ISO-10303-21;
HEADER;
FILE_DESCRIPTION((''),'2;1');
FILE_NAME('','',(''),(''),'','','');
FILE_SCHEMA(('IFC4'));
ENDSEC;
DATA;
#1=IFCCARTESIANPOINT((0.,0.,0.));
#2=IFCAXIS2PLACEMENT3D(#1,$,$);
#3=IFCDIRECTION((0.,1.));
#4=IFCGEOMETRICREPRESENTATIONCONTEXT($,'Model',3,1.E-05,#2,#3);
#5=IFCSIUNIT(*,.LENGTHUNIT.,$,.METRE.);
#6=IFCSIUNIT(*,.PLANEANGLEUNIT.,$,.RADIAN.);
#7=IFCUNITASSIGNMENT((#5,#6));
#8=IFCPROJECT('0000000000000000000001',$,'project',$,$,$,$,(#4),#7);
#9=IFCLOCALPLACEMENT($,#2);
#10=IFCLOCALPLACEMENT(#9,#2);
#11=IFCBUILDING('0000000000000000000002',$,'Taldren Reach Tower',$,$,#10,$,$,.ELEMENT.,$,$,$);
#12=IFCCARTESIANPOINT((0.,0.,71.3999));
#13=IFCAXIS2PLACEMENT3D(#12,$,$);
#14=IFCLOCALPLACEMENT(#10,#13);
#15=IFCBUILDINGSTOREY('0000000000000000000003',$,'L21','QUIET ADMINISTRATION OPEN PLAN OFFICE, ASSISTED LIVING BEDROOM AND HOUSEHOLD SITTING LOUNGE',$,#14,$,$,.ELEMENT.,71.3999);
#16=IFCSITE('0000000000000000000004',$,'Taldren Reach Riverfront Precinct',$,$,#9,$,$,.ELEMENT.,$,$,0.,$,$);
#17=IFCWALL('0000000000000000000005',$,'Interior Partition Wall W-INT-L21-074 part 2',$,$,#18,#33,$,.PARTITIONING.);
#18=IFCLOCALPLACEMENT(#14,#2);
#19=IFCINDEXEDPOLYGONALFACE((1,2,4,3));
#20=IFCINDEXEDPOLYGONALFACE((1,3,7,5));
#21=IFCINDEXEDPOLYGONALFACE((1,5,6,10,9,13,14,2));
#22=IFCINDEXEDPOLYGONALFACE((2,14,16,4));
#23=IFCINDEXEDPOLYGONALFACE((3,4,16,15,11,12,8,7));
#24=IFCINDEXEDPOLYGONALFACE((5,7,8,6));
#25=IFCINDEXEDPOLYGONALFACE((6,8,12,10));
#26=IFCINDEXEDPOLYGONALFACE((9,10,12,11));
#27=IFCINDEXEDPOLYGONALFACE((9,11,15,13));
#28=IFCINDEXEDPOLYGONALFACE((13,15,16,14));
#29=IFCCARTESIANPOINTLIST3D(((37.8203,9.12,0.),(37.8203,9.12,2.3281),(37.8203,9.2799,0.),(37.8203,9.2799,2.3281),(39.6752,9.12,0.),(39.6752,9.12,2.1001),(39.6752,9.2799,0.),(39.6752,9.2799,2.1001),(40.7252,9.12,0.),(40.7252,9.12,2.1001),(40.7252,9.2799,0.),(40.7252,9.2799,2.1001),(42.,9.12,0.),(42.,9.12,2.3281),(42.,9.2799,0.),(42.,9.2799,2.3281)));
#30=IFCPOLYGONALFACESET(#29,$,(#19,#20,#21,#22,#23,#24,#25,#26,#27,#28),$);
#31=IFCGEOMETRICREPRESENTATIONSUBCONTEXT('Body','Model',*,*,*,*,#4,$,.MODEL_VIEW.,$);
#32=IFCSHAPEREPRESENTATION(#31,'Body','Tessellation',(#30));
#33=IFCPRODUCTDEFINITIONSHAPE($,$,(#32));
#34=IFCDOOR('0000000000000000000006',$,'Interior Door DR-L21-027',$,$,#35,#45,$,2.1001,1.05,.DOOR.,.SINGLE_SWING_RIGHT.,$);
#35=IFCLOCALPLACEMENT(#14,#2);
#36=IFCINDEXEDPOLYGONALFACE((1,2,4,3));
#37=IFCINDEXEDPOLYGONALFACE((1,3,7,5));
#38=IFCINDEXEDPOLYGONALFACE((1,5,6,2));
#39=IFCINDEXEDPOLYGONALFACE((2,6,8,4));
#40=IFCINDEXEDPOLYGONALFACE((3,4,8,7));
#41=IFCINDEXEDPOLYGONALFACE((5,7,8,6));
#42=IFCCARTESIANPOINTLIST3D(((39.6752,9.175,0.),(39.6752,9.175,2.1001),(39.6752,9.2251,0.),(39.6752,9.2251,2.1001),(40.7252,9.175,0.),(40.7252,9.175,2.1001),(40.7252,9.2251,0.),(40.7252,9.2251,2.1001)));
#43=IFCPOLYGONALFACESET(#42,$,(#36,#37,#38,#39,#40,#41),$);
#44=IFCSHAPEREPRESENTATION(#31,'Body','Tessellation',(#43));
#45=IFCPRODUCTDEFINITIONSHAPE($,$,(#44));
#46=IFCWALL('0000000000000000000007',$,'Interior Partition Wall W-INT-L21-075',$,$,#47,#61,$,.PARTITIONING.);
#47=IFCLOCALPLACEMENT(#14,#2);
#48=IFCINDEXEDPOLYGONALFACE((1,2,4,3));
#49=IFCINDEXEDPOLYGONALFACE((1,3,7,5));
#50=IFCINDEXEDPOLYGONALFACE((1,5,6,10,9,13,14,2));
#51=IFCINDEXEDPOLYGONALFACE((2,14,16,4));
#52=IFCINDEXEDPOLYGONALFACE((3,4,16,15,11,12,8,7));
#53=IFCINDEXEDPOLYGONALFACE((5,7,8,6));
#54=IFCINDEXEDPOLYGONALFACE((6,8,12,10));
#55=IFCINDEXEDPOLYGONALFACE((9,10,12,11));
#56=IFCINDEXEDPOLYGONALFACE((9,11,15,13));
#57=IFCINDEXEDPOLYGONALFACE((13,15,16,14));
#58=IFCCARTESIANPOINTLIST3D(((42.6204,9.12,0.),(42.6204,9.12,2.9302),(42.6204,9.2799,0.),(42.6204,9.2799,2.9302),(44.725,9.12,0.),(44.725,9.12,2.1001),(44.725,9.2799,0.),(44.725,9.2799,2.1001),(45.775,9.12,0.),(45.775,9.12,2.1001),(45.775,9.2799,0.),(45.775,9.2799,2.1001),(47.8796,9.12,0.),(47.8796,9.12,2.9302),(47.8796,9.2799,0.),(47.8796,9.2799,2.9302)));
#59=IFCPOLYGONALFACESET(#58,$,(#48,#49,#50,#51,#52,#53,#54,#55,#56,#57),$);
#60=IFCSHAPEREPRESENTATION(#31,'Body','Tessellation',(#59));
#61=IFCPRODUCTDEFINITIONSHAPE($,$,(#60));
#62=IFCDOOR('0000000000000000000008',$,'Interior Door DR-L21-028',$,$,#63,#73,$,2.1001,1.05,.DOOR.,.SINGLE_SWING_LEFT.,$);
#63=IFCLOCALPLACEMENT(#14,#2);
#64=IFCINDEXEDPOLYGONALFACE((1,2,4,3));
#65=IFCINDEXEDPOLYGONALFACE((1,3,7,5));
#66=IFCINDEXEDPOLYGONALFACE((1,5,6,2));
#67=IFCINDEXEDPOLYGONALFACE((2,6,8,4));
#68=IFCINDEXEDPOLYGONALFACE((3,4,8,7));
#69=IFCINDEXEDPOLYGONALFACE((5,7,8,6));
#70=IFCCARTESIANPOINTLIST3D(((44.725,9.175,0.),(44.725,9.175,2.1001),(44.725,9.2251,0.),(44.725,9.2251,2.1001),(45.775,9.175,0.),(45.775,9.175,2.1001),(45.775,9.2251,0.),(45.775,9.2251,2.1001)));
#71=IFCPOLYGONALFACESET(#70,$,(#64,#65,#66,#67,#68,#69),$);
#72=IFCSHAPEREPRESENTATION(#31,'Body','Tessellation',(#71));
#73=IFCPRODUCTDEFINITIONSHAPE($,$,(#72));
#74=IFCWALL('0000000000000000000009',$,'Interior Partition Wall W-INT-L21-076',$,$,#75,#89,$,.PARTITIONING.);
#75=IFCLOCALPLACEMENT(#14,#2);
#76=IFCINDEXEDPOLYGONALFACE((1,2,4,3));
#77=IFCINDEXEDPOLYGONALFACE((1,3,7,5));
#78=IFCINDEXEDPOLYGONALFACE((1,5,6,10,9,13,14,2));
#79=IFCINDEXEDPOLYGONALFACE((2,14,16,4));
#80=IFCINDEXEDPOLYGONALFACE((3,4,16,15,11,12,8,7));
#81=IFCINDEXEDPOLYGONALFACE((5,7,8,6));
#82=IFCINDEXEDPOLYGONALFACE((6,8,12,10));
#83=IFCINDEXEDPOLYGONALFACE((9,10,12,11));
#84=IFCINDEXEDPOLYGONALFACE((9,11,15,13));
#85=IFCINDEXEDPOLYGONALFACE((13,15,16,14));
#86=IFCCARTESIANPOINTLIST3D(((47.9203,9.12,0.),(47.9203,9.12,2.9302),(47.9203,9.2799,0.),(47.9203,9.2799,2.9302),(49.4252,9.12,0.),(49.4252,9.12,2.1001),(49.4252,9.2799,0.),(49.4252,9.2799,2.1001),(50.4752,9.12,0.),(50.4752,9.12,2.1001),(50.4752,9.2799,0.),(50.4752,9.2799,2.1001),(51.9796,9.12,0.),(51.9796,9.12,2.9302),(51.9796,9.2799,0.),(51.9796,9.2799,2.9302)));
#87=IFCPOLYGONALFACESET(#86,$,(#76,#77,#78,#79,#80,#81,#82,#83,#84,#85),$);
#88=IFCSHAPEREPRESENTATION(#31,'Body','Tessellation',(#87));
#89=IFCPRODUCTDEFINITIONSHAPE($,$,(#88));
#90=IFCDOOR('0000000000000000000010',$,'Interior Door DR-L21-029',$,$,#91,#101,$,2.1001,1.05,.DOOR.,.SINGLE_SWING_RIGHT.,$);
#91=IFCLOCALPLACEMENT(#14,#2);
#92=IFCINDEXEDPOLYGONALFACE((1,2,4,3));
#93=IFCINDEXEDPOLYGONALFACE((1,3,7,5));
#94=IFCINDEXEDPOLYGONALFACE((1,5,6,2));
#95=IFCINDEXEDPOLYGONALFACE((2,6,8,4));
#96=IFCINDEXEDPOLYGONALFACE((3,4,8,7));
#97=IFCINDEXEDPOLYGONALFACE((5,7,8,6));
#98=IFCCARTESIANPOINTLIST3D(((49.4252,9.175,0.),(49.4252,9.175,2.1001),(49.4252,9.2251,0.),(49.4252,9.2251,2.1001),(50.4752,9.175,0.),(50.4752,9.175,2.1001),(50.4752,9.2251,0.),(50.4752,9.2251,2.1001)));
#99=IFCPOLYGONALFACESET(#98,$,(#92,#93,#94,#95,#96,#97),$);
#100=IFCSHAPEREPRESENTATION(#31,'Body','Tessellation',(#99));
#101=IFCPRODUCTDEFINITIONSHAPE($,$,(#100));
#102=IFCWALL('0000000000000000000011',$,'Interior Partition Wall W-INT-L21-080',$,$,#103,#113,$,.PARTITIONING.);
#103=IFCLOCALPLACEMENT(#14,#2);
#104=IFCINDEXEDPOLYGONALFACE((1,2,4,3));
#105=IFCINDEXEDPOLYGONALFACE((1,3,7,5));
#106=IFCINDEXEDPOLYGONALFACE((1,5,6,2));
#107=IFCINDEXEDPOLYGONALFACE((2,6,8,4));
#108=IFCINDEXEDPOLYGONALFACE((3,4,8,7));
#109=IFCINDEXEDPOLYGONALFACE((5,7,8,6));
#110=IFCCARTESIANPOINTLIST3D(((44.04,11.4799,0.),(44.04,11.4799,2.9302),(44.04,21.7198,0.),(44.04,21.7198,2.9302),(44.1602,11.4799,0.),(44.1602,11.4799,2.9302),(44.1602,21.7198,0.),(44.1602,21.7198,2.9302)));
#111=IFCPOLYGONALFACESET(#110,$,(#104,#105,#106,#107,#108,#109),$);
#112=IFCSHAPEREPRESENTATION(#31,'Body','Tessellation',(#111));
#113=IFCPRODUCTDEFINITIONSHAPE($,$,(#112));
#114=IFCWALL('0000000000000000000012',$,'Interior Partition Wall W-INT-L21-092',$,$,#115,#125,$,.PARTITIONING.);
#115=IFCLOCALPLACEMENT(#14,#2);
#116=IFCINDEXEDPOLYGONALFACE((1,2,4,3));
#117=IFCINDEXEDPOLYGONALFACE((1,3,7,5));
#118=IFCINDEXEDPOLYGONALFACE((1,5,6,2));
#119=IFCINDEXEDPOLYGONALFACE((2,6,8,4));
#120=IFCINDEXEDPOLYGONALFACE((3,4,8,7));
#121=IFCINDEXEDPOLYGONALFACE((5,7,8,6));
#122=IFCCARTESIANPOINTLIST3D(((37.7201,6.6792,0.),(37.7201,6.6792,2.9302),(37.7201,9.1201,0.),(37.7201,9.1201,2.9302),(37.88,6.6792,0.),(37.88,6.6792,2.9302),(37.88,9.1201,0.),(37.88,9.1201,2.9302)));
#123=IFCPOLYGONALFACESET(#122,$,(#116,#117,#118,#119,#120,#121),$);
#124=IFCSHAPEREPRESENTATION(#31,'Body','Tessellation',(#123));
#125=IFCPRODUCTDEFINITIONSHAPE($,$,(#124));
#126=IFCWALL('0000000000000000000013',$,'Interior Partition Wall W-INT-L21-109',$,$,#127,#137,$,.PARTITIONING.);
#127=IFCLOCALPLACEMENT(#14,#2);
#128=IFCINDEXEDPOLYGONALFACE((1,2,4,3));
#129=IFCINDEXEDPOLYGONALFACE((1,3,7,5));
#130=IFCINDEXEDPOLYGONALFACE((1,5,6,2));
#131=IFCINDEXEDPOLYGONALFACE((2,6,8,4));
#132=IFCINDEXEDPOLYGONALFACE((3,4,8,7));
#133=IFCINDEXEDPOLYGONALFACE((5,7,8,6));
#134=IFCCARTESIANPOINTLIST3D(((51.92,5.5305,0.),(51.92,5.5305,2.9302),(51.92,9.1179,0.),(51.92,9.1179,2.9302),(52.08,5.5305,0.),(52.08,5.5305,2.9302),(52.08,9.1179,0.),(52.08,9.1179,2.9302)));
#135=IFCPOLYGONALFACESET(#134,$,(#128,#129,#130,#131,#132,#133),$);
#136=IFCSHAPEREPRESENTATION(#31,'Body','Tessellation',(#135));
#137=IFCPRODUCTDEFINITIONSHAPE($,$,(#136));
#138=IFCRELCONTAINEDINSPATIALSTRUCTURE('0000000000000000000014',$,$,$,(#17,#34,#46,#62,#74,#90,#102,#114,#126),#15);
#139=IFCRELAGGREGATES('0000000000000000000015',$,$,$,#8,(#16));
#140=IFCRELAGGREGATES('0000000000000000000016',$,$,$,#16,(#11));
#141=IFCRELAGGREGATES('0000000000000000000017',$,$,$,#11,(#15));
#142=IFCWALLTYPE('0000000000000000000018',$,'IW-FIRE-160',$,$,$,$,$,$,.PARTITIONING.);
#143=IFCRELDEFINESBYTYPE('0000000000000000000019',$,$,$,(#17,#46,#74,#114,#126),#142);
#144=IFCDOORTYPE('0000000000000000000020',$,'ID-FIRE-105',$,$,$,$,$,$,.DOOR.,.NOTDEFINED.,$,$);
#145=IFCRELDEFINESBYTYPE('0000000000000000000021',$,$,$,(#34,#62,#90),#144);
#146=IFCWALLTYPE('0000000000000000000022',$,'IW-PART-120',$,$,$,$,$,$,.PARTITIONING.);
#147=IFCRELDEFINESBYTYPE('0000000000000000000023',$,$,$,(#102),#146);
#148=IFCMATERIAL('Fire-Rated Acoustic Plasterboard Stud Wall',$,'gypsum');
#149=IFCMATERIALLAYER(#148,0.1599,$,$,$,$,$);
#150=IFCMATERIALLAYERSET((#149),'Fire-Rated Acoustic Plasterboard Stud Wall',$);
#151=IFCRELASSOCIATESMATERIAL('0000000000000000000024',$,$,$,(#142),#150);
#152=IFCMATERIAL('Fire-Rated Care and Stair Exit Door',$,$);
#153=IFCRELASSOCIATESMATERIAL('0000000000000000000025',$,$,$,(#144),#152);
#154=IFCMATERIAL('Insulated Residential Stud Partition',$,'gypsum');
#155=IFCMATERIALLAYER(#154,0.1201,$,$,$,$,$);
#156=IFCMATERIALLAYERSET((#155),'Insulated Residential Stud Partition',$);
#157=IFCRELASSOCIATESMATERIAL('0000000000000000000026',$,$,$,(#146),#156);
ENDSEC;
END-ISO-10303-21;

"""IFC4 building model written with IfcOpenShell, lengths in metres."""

from ifc_helpers import new_model, si_unit, direction, frame, frame_2d, origin, place, context, subcontext, project, spatial, rectangle, extrude, source, transform, mapped, material, layer, layer_set, type_object, element, fill, save


model = new_model("IFC4")

# Units and contexts
model_context = context("Model", 3, precision=1e-05, world=origin(), true_north=direction((0.0, 1.0)))
body_context = subcontext(model_context, "Body", "Model", "MODEL_VIEW")
ifc_project = project(units=[si_unit("LENGTHUNIT", "METRE"), si_unit("PLANEANGLEUNIT", "RADIAN")], contexts=[model_context])

# Site, building, storey
site_placement = place(None, origin())
site = spatial("IfcSite", under=ifc_project, at=site_placement, Name="Taldren Reach Riverfront Precinct", CompositionType="ELEMENT", RefElevation=0.0)
building_placement = place(site_placement, origin())
building = spatial("IfcBuilding", under=site, at=building_placement, Name="Taldren Reach Tower", CompositionType="ELEMENT")
storey_placement = place(building_placement, frame((0.0, 0.0, 71.3999)))
storey = spatial("IfcBuildingStorey", under=building, at=storey_placement, Name="L21", Description="QUIET ADMINISTRATION OPEN PLAN OFFICE, ASSISTED LIVING BEDROOM AND HOUSEHOLD SITTING LOUNGE", CompositionType="ELEMENT", Elevation=71.3999)

# Shared definitions
ifc_material_1 = material(Name="Fire-Rated Acoustic Plasterboard Stud Wall", Category="gypsum")
ifc_layer_1 = layer(ifc_material_1, 0.1599)
ifc_layer_set_1 = layer_set([ifc_layer_1], Name="Fire-Rated Acoustic Plasterboard Stud Wall")
wall_type_1 = type_object("IfcWallType", Name="IW-FIRE-160", PredefinedType="PARTITIONING", material=ifc_layer_set_1)

# Shared definitions
shared_shape_1 = source(origin(), body_context, "Body", "SweptSolid", [
    extrude(rectangle(XDim=1.05, YDim=2.1001, at=frame_2d((0.5249, 1.05))), frame((0.0, 0.0898, 0.0), z_axis=(0.0, -1.0, 0.0), x_axis=(1.0, 0.0, 0.0)), (0.0, 0.0, 1.0), 0.1799),
])
ifc_material_2 = material(Name="Fire-Rated Care and Stair Exit Door")
door_type_1 = type_object("IfcDoorType", Name="ID-FIRE-105", OperationType="NOTDEFINED", PredefinedType="DOOR", material=ifc_material_2)
shared_shape_2 = source(origin(), body_context, "Body", "SweptSolid", [
    extrude(rectangle(XDim=1.05, YDim=2.1001, at=frame_2d((0.5249, 1.05))), frame((0.0, 0.0249, 0.0), z_axis=(0.0, -1.0, 0.0), x_axis=(1.0, 0.0, 0.0)), (0.0, 0.0, 1.0), 0.05),
])

# Walls, openings, doors
shared_shape_3 = source(origin(), body_context, "Body", "SweptSolid", [
    extrude(rectangle(XDim=4.1797, YDim=0.1599, at=frame_2d((2.0898, 0.0))), origin(), (0.0, 0.0, 1.0), 2.3281),
])
wall_1_placement = place(storey_placement, frame((42.0, 9.2, 0.0), z_axis=(0.0, 0.0, 1.0), x_axis=(-1.0, 0.0, 0.0)))
wall_1 = element("IfcWall", 1, at=wall_1_placement, inside=storey, type_object=wall_type_1, Name="Interior Partition Wall W-INT-L21-074 part 2", PredefinedType="PARTITIONING", context=body_context, shape_type="MappedRepresentation", body=[
    mapped(shared_shape_3, transform((0.0, 0.0, 0.0), scale=1.0)),
])
opening_1_placement = place(wall_1_placement, frame((1.2749, 0.0, 0.0)))
opening_1 = element("IfcOpeningElement", 2, at=opening_1_placement, cuts=wall_1, PredefinedType="OPENING", context=body_context, shape_type="MappedRepresentation", body=[
    mapped(shared_shape_1, transform((0.0, 0.0, 0.0), scale=1.0)),
])
door_1_placement = place(opening_1_placement, origin())
door_1 = element("IfcDoor", 3, at=door_1_placement, inside=storey, type_object=door_type_1, Name="Interior Door DR-L21-027", OperationType="SINGLE_SWING_RIGHT", OverallHeight=2.1001, OverallWidth=1.05, PredefinedType="DOOR", context=body_context, shape_type="MappedRepresentation", body=[
    mapped(shared_shape_2, transform((0.0, 0.0, 0.0), scale=1.0)),
])
fill(opening_1, door_1)
shared_shape_4 = source(origin(), body_context, "Body", "SweptSolid", [
    extrude(rectangle(XDim=5.2593, YDim=0.1599, at=frame_2d((2.6296, 0.0))), origin(), (0.0, 0.0, 1.0), 2.9302),
])
wall_2_placement = place(storey_placement, frame((47.8796, 9.2, 0.0), z_axis=(0.0, 0.0, 1.0), x_axis=(-1.0, 0.0, 0.0)))
wall_2 = element("IfcWall", 4, at=wall_2_placement, inside=storey, type_object=wall_type_1, Name="Interior Partition Wall W-INT-L21-075", PredefinedType="PARTITIONING", context=body_context, shape_type="MappedRepresentation", body=[
    mapped(shared_shape_4, transform((0.0, 0.0, 0.0), scale=1.0)),
])
opening_2_placement = place(wall_2_placement, frame((2.1047, 0.0, 0.0)))
opening_2 = element("IfcOpeningElement", 5, at=opening_2_placement, cuts=wall_2, PredefinedType="OPENING", context=body_context, shape_type="MappedRepresentation", body=[
    mapped(shared_shape_1, transform((0.0, 0.0, 0.0), scale=1.0)),
])
door_2_placement = place(opening_2_placement, origin())
door_2 = element("IfcDoor", 6, at=door_2_placement, inside=storey, type_object=door_type_1, Name="Interior Door DR-L21-028", OperationType="SINGLE_SWING_LEFT", OverallHeight=2.1001, OverallWidth=1.05, PredefinedType="DOOR", context=body_context, shape_type="MappedRepresentation", body=[
    mapped(shared_shape_2, transform((0.0, 0.0, 0.0), scale=1.0)),
])
fill(opening_2, door_2)
shared_shape_5 = source(origin(), body_context, "Body", "SweptSolid", [
    extrude(rectangle(XDim=4.0593, YDim=0.1599, at=frame_2d((2.0298, 0.0))), origin(), (0.0, 0.0, 1.0), 2.9302),
])
wall_3_placement = place(storey_placement, frame((51.9797, 9.2, 0.0), z_axis=(0.0, 0.0, 1.0), x_axis=(-1.0, 0.0, 0.0)))
wall_3 = element("IfcWall", 7, at=wall_3_placement, inside=storey, type_object=wall_type_1, Name="Interior Partition Wall W-INT-L21-076", PredefinedType="PARTITIONING", context=body_context, shape_type="MappedRepresentation", body=[
    mapped(shared_shape_5, transform((0.0, 0.0, 0.0), scale=1.0)),
])
opening_3_placement = place(wall_3_placement, frame((1.5046, 0.0, 0.0)))
opening_3 = element("IfcOpeningElement", 8, at=opening_3_placement, cuts=wall_3, PredefinedType="OPENING", context=body_context, shape_type="MappedRepresentation", body=[
    mapped(shared_shape_1, transform((0.0, 0.0, 0.0), scale=1.0)),
])
door_3_placement = place(opening_3_placement, origin())
door_3 = element("IfcDoor", 9, at=door_3_placement, inside=storey, type_object=door_type_1, Name="Interior Door DR-L21-029", OperationType="SINGLE_SWING_RIGHT", OverallHeight=2.1001, OverallWidth=1.05, PredefinedType="DOOR", context=body_context, shape_type="MappedRepresentation", body=[
    mapped(shared_shape_2, transform((0.0, 0.0, 0.0), scale=1.0)),
])
fill(opening_3, door_3)

# Walls
ifc_material_3 = material(Name="Insulated Residential Stud Partition", Category="gypsum")
ifc_layer_2 = layer(ifc_material_3, 0.1201)
ifc_layer_set_2 = layer_set([ifc_layer_2], Name="Insulated Residential Stud Partition")
wall_type_2 = type_object("IfcWallType", Name="IW-PART-120", PredefinedType="PARTITIONING", material=ifc_layer_set_2)
shared_shape_6 = source(origin(), body_context, "Body", "SweptSolid", [
    extrude(rectangle(XDim=10.24, YDim=0.1201, at=frame_2d((5.1201, 0.0))), origin(), (0.0, 0.0, 1.0), 2.9302),
])
wall_4_placement = place(storey_placement, frame((44.1001, 21.72, 0.0), z_axis=(0.0, 0.0, 1.0), x_axis=(0.0, -1.0, 0.0)))
element("IfcWall", 10, at=wall_4_placement, inside=storey, type_object=wall_type_2, Name="Interior Partition Wall W-INT-L21-080", PredefinedType="PARTITIONING", context=body_context, shape_type="MappedRepresentation", body=[
    mapped(shared_shape_6, transform((0.0, 0.0, 0.0), scale=1.0)),
])
shared_shape_7 = source(origin(), body_context, "Body", "SweptSolid", [
    extrude(rectangle(XDim=2.4409, YDim=0.1599, at=frame_2d((1.2205, 0.0))), origin(), (0.0, 0.0, 1.0), 2.9302),
])
wall_5_placement = place(storey_placement, frame((37.8, 9.1201, 0.0), z_axis=(0.0, 0.0, 1.0), x_axis=(0.0, -1.0, 0.0)))
element("IfcWall", 11, at=wall_5_placement, inside=storey, type_object=wall_type_1, Name="Interior Partition Wall W-INT-L21-092", PredefinedType="PARTITIONING", context=body_context, shape_type="MappedRepresentation", body=[
    mapped(shared_shape_7, transform((0.0, 0.0, 0.0), scale=1.0)),
])
shared_shape_8 = source(origin(), body_context, "Body", "SweptSolid", [
    extrude(rectangle(XDim=3.5874, YDim=0.1599, at=frame_2d((1.7937, 0.0))), origin(), (0.0, 0.0, 1.0), 2.9302),
])
wall_6_placement = place(storey_placement, frame((52.0, 9.1179, 0.0), z_axis=(0.0, 0.0, 1.0), x_axis=(0.0, -1.0, 0.0)))
element("IfcWall", 12, at=wall_6_placement, inside=storey, type_object=wall_type_1, Name="Interior Partition Wall W-INT-L21-109", PredefinedType="PARTITIONING", context=body_context, shape_type="MappedRepresentation", body=[
    mapped(shared_shape_8, transform((0.0, 0.0, 0.0), scale=1.0)),
])

save(model, "model.ifc")
